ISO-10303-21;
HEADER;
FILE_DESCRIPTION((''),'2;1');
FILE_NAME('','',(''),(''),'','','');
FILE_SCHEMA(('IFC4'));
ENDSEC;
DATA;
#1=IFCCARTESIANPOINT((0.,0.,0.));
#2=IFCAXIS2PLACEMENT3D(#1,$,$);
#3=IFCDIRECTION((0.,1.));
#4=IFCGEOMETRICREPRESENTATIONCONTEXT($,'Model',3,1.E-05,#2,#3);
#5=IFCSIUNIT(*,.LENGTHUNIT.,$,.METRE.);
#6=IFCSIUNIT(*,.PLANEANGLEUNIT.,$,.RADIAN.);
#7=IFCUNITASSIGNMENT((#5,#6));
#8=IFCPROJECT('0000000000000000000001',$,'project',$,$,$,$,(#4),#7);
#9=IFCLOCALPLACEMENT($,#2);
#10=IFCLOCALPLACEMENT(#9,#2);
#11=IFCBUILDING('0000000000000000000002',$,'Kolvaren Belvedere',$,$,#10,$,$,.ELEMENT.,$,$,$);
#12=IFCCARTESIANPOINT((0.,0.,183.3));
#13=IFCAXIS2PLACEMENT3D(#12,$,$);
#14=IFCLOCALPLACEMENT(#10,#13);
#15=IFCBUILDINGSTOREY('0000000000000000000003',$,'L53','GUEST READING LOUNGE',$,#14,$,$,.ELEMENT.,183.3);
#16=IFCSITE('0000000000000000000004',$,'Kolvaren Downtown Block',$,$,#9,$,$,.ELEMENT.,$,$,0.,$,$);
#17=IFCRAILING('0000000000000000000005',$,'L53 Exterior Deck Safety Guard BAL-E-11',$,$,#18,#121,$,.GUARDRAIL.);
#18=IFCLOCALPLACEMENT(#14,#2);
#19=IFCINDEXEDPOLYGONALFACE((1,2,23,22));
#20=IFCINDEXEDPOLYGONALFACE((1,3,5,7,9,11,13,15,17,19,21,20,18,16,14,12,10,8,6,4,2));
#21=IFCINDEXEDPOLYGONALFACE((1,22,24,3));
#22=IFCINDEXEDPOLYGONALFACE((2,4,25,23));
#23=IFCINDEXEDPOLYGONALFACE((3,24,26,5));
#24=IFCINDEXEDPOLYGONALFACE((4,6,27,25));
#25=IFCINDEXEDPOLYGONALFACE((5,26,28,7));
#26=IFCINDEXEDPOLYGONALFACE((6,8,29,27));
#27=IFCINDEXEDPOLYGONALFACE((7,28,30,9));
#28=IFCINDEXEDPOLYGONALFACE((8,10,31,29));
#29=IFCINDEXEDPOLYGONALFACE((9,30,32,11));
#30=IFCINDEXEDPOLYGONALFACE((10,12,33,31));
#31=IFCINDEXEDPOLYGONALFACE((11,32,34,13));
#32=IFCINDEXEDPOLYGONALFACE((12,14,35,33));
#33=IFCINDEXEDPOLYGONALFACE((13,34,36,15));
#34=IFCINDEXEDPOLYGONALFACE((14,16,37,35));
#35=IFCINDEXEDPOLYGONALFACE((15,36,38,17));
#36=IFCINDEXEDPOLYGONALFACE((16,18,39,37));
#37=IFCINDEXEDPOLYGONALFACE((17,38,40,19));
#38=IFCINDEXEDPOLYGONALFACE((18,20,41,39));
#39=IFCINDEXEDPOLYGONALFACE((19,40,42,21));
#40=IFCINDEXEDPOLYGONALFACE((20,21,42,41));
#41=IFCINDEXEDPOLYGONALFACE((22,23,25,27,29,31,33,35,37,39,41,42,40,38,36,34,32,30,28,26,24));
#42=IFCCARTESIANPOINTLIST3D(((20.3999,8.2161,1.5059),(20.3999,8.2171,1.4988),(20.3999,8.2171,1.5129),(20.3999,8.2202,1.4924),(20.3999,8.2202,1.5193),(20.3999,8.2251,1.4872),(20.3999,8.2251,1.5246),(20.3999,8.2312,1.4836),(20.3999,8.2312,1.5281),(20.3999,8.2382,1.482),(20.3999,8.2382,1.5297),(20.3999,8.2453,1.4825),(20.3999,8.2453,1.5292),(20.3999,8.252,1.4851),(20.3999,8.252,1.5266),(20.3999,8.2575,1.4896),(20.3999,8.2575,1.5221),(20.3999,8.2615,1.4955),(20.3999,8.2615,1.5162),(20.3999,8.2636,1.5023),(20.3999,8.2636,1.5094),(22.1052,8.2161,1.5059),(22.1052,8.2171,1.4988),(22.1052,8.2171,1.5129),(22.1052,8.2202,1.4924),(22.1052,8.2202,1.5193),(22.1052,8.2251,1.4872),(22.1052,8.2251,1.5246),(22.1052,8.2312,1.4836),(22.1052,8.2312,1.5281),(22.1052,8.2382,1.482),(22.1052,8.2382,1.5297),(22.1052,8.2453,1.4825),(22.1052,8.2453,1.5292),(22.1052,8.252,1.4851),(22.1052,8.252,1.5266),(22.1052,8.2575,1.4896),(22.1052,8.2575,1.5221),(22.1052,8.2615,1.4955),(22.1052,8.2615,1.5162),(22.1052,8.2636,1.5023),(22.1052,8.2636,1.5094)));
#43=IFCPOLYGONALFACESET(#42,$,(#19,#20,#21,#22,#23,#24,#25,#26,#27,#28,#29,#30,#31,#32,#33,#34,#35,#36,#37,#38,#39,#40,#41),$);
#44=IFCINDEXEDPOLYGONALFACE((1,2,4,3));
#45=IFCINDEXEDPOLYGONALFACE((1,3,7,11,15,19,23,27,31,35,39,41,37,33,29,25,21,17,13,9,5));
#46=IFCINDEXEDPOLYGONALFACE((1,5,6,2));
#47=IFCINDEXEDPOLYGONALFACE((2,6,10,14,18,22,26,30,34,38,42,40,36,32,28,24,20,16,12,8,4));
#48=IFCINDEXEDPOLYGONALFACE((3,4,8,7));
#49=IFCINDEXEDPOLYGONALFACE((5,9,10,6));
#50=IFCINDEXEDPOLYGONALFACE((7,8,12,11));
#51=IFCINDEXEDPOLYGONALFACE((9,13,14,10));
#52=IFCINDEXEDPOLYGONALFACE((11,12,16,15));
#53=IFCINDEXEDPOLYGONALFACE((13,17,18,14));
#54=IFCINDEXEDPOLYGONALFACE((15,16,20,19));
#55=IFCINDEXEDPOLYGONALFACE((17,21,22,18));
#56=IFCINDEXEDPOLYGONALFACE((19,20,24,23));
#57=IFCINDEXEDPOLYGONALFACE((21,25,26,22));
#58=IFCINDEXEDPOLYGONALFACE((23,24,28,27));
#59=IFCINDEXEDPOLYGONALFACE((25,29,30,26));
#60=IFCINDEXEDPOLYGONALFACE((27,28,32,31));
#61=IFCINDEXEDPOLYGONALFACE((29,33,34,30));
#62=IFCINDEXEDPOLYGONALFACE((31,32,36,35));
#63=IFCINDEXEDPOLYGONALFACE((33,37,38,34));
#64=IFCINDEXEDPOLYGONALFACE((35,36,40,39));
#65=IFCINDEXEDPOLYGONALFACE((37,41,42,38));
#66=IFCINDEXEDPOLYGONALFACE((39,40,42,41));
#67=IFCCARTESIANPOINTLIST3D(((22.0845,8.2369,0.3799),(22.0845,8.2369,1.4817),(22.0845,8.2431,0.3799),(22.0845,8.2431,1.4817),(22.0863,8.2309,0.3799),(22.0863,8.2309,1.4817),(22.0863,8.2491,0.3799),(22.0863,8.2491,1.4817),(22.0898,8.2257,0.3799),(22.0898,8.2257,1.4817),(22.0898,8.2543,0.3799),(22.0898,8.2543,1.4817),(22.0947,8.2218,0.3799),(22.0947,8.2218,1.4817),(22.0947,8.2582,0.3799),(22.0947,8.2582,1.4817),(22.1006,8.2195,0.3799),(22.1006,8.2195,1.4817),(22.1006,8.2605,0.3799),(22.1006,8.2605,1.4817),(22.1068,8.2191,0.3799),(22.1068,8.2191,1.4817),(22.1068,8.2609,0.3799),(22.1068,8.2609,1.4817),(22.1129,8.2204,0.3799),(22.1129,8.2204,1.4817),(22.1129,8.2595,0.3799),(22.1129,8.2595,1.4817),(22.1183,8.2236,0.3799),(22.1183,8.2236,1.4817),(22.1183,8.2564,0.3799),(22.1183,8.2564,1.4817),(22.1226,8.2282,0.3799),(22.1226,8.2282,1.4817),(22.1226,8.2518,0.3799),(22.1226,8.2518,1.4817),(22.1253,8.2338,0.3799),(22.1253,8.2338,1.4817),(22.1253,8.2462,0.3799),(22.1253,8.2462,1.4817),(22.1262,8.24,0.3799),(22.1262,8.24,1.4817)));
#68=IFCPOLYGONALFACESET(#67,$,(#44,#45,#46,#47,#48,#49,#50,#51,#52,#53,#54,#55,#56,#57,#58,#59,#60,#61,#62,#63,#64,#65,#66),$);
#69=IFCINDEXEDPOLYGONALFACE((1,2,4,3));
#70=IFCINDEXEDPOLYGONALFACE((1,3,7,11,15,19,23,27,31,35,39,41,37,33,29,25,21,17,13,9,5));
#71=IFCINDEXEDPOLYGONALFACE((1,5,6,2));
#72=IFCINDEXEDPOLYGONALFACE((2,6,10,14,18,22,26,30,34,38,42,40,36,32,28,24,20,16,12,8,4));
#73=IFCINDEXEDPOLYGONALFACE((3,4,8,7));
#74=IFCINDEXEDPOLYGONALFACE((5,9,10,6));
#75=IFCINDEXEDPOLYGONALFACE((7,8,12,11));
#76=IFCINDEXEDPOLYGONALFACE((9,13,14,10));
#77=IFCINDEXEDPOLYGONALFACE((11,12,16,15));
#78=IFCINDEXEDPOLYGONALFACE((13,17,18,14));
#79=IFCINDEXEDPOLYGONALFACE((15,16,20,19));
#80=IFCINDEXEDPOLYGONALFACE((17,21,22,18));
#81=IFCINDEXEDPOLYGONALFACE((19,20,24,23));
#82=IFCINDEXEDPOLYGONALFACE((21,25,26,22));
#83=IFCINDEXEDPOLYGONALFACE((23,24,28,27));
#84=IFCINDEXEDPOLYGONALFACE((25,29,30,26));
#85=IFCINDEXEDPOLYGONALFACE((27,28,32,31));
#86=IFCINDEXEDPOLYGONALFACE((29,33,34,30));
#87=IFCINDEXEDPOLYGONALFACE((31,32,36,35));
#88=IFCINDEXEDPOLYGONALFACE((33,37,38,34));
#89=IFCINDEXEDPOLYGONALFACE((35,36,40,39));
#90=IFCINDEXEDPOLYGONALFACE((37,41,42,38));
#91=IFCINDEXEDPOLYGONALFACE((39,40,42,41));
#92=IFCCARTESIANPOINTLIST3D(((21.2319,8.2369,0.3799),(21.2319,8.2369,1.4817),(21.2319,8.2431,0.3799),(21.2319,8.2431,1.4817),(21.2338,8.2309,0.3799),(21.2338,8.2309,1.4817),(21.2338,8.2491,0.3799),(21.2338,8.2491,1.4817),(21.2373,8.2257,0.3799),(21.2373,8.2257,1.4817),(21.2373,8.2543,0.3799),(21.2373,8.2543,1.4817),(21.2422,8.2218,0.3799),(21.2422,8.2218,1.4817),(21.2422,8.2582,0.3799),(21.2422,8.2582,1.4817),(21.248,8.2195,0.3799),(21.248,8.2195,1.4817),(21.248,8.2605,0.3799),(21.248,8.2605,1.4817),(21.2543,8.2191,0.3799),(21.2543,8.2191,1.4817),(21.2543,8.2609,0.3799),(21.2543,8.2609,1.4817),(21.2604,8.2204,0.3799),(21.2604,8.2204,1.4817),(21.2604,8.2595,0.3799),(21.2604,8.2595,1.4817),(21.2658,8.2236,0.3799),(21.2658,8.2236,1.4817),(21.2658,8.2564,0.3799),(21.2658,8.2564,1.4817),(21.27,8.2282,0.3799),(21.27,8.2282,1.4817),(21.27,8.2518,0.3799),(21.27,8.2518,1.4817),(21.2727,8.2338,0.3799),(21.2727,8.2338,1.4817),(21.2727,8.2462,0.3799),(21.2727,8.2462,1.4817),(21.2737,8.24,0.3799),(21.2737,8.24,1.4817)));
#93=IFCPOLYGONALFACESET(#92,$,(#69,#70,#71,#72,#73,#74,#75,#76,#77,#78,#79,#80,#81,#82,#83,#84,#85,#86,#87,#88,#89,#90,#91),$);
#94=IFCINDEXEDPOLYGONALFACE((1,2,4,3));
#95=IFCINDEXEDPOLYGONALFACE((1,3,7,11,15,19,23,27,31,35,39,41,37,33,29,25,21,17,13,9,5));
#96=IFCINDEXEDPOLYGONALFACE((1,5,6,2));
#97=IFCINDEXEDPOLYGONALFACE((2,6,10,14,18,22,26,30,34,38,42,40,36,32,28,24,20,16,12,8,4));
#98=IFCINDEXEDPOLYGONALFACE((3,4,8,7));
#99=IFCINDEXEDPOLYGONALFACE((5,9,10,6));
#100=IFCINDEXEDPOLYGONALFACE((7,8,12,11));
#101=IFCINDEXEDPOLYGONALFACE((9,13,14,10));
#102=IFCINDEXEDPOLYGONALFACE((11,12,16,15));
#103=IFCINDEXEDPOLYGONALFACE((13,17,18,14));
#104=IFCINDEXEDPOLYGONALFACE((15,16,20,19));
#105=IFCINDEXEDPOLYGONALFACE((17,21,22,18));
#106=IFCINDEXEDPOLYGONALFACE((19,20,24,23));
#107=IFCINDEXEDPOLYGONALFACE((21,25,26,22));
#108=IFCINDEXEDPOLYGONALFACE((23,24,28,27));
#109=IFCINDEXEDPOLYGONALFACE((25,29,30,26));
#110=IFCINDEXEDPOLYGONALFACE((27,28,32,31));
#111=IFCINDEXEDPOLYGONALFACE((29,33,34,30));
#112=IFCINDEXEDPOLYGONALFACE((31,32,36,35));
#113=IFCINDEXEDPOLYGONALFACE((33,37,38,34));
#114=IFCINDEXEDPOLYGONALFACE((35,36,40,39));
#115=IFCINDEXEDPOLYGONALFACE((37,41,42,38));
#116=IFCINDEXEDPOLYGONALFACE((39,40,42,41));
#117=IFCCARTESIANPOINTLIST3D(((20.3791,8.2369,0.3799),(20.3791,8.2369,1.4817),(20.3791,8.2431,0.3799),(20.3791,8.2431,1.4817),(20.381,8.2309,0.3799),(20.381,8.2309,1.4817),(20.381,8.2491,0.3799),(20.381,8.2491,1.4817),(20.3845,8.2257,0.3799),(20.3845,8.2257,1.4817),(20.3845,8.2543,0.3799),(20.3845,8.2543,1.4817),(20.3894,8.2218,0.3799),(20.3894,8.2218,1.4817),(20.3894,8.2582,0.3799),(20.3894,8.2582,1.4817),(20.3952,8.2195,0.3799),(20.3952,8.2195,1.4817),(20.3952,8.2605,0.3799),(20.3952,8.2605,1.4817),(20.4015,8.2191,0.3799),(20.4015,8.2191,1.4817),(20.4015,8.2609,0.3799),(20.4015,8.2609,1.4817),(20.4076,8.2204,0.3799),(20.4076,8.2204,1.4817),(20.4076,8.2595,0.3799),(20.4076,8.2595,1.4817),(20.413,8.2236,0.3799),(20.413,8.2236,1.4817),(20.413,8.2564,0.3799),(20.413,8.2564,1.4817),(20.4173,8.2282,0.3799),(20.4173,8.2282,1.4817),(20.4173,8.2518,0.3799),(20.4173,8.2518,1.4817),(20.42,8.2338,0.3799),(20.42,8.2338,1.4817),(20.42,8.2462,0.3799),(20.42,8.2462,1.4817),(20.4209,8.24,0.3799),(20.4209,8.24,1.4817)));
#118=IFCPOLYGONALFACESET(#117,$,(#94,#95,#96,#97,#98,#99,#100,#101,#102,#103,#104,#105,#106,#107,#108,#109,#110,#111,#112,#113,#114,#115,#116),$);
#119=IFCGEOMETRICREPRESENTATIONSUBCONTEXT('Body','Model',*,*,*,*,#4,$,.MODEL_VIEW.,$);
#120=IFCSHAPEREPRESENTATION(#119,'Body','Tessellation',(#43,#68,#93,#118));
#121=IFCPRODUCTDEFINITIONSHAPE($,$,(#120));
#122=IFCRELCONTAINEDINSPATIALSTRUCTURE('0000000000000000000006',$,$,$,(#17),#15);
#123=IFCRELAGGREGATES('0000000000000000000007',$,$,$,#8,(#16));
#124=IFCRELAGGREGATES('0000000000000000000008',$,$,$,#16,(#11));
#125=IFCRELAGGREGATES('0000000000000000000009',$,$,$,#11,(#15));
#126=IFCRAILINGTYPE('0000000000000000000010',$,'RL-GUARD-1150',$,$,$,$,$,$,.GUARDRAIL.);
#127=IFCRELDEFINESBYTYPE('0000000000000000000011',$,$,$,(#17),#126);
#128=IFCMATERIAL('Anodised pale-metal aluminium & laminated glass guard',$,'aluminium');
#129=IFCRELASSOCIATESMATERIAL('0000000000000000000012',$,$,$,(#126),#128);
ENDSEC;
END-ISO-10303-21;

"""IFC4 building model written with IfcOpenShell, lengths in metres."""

from ifc_helpers import new_model, si_unit, direction, frame, origin, origin_2d, place, context, subcontext, project, spatial, circle, extrude, material, type_object, element, save


model = new_model("IFC4")

# Units and contexts
model_context = context("Model", 3, precision=1e-05, world=origin(), true_north=direction((0.0, 1.0)))
body_context = subcontext(model_context, "Body", "Model", "MODEL_VIEW")
ifc_project = project(units=[si_unit("LENGTHUNIT", "METRE"), si_unit("PLANEANGLEUNIT", "RADIAN")], contexts=[model_context])

# Site, building, storey
site_placement = place(None, origin())
site = spatial("IfcSite", under=ifc_project, at=site_placement, Name="Kolvaren Downtown Block", CompositionType="ELEMENT", RefElevation=0.0)
building_placement = place(site_placement, origin())
building = spatial("IfcBuilding", under=site, at=building_placement, Name="Kolvaren Belvedere", CompositionType="ELEMENT")
storey_placement = place(building_placement, frame((0.0, 0.0, 183.3)))
storey = spatial("IfcBuildingStorey", under=building, at=storey_placement, Name="L53", Description="GUEST READING LOUNGE", CompositionType="ELEMENT", Elevation=183.3)

# Railing
ifc_material_1 = material(Name="Anodised pale-metal aluminium & laminated glass guard", Category="aluminium")
railing_type = type_object("IfcRailingType", Name="RL-GUARD-1150", PredefinedType="GUARDRAIL", material=ifc_material_1)
railing_1_placement = place(storey_placement, frame((22.1052, 8.24, 0.3799)))
element("IfcRailing", 1, at=railing_1_placement, inside=storey, type_object=railing_type, Name="L53 Exterior Deck Safety Guard BAL-E-11", PredefinedType="GUARDRAIL", context=body_context, shape_type="SweptSolid", body=[
    extrude(circle(Radius=0.0239, at=origin_2d()), frame((0.0, 0.0, 1.126), z_axis=(-1.0, 0.0, 0.0), x_axis=(0.0, -1.0, 0.0)), (0.0, 0.0, 1.0), 1.7053),
    extrude(circle(Radius=0.021, at=origin_2d()), origin(), (0.0, 0.0, 1.0), 1.1018),
    extrude(circle(Radius=0.021, at=origin_2d()), frame((-0.8525, 0.0, 0.0)), (0.0, 0.0, 1.0), 1.1018),
    extrude(circle(Radius=0.021, at=origin_2d()), frame((-1.7053, 0.0, 0.0)), (0.0, 0.0, 1.0), 1.1018),
])

save(model, "model.ifc")
